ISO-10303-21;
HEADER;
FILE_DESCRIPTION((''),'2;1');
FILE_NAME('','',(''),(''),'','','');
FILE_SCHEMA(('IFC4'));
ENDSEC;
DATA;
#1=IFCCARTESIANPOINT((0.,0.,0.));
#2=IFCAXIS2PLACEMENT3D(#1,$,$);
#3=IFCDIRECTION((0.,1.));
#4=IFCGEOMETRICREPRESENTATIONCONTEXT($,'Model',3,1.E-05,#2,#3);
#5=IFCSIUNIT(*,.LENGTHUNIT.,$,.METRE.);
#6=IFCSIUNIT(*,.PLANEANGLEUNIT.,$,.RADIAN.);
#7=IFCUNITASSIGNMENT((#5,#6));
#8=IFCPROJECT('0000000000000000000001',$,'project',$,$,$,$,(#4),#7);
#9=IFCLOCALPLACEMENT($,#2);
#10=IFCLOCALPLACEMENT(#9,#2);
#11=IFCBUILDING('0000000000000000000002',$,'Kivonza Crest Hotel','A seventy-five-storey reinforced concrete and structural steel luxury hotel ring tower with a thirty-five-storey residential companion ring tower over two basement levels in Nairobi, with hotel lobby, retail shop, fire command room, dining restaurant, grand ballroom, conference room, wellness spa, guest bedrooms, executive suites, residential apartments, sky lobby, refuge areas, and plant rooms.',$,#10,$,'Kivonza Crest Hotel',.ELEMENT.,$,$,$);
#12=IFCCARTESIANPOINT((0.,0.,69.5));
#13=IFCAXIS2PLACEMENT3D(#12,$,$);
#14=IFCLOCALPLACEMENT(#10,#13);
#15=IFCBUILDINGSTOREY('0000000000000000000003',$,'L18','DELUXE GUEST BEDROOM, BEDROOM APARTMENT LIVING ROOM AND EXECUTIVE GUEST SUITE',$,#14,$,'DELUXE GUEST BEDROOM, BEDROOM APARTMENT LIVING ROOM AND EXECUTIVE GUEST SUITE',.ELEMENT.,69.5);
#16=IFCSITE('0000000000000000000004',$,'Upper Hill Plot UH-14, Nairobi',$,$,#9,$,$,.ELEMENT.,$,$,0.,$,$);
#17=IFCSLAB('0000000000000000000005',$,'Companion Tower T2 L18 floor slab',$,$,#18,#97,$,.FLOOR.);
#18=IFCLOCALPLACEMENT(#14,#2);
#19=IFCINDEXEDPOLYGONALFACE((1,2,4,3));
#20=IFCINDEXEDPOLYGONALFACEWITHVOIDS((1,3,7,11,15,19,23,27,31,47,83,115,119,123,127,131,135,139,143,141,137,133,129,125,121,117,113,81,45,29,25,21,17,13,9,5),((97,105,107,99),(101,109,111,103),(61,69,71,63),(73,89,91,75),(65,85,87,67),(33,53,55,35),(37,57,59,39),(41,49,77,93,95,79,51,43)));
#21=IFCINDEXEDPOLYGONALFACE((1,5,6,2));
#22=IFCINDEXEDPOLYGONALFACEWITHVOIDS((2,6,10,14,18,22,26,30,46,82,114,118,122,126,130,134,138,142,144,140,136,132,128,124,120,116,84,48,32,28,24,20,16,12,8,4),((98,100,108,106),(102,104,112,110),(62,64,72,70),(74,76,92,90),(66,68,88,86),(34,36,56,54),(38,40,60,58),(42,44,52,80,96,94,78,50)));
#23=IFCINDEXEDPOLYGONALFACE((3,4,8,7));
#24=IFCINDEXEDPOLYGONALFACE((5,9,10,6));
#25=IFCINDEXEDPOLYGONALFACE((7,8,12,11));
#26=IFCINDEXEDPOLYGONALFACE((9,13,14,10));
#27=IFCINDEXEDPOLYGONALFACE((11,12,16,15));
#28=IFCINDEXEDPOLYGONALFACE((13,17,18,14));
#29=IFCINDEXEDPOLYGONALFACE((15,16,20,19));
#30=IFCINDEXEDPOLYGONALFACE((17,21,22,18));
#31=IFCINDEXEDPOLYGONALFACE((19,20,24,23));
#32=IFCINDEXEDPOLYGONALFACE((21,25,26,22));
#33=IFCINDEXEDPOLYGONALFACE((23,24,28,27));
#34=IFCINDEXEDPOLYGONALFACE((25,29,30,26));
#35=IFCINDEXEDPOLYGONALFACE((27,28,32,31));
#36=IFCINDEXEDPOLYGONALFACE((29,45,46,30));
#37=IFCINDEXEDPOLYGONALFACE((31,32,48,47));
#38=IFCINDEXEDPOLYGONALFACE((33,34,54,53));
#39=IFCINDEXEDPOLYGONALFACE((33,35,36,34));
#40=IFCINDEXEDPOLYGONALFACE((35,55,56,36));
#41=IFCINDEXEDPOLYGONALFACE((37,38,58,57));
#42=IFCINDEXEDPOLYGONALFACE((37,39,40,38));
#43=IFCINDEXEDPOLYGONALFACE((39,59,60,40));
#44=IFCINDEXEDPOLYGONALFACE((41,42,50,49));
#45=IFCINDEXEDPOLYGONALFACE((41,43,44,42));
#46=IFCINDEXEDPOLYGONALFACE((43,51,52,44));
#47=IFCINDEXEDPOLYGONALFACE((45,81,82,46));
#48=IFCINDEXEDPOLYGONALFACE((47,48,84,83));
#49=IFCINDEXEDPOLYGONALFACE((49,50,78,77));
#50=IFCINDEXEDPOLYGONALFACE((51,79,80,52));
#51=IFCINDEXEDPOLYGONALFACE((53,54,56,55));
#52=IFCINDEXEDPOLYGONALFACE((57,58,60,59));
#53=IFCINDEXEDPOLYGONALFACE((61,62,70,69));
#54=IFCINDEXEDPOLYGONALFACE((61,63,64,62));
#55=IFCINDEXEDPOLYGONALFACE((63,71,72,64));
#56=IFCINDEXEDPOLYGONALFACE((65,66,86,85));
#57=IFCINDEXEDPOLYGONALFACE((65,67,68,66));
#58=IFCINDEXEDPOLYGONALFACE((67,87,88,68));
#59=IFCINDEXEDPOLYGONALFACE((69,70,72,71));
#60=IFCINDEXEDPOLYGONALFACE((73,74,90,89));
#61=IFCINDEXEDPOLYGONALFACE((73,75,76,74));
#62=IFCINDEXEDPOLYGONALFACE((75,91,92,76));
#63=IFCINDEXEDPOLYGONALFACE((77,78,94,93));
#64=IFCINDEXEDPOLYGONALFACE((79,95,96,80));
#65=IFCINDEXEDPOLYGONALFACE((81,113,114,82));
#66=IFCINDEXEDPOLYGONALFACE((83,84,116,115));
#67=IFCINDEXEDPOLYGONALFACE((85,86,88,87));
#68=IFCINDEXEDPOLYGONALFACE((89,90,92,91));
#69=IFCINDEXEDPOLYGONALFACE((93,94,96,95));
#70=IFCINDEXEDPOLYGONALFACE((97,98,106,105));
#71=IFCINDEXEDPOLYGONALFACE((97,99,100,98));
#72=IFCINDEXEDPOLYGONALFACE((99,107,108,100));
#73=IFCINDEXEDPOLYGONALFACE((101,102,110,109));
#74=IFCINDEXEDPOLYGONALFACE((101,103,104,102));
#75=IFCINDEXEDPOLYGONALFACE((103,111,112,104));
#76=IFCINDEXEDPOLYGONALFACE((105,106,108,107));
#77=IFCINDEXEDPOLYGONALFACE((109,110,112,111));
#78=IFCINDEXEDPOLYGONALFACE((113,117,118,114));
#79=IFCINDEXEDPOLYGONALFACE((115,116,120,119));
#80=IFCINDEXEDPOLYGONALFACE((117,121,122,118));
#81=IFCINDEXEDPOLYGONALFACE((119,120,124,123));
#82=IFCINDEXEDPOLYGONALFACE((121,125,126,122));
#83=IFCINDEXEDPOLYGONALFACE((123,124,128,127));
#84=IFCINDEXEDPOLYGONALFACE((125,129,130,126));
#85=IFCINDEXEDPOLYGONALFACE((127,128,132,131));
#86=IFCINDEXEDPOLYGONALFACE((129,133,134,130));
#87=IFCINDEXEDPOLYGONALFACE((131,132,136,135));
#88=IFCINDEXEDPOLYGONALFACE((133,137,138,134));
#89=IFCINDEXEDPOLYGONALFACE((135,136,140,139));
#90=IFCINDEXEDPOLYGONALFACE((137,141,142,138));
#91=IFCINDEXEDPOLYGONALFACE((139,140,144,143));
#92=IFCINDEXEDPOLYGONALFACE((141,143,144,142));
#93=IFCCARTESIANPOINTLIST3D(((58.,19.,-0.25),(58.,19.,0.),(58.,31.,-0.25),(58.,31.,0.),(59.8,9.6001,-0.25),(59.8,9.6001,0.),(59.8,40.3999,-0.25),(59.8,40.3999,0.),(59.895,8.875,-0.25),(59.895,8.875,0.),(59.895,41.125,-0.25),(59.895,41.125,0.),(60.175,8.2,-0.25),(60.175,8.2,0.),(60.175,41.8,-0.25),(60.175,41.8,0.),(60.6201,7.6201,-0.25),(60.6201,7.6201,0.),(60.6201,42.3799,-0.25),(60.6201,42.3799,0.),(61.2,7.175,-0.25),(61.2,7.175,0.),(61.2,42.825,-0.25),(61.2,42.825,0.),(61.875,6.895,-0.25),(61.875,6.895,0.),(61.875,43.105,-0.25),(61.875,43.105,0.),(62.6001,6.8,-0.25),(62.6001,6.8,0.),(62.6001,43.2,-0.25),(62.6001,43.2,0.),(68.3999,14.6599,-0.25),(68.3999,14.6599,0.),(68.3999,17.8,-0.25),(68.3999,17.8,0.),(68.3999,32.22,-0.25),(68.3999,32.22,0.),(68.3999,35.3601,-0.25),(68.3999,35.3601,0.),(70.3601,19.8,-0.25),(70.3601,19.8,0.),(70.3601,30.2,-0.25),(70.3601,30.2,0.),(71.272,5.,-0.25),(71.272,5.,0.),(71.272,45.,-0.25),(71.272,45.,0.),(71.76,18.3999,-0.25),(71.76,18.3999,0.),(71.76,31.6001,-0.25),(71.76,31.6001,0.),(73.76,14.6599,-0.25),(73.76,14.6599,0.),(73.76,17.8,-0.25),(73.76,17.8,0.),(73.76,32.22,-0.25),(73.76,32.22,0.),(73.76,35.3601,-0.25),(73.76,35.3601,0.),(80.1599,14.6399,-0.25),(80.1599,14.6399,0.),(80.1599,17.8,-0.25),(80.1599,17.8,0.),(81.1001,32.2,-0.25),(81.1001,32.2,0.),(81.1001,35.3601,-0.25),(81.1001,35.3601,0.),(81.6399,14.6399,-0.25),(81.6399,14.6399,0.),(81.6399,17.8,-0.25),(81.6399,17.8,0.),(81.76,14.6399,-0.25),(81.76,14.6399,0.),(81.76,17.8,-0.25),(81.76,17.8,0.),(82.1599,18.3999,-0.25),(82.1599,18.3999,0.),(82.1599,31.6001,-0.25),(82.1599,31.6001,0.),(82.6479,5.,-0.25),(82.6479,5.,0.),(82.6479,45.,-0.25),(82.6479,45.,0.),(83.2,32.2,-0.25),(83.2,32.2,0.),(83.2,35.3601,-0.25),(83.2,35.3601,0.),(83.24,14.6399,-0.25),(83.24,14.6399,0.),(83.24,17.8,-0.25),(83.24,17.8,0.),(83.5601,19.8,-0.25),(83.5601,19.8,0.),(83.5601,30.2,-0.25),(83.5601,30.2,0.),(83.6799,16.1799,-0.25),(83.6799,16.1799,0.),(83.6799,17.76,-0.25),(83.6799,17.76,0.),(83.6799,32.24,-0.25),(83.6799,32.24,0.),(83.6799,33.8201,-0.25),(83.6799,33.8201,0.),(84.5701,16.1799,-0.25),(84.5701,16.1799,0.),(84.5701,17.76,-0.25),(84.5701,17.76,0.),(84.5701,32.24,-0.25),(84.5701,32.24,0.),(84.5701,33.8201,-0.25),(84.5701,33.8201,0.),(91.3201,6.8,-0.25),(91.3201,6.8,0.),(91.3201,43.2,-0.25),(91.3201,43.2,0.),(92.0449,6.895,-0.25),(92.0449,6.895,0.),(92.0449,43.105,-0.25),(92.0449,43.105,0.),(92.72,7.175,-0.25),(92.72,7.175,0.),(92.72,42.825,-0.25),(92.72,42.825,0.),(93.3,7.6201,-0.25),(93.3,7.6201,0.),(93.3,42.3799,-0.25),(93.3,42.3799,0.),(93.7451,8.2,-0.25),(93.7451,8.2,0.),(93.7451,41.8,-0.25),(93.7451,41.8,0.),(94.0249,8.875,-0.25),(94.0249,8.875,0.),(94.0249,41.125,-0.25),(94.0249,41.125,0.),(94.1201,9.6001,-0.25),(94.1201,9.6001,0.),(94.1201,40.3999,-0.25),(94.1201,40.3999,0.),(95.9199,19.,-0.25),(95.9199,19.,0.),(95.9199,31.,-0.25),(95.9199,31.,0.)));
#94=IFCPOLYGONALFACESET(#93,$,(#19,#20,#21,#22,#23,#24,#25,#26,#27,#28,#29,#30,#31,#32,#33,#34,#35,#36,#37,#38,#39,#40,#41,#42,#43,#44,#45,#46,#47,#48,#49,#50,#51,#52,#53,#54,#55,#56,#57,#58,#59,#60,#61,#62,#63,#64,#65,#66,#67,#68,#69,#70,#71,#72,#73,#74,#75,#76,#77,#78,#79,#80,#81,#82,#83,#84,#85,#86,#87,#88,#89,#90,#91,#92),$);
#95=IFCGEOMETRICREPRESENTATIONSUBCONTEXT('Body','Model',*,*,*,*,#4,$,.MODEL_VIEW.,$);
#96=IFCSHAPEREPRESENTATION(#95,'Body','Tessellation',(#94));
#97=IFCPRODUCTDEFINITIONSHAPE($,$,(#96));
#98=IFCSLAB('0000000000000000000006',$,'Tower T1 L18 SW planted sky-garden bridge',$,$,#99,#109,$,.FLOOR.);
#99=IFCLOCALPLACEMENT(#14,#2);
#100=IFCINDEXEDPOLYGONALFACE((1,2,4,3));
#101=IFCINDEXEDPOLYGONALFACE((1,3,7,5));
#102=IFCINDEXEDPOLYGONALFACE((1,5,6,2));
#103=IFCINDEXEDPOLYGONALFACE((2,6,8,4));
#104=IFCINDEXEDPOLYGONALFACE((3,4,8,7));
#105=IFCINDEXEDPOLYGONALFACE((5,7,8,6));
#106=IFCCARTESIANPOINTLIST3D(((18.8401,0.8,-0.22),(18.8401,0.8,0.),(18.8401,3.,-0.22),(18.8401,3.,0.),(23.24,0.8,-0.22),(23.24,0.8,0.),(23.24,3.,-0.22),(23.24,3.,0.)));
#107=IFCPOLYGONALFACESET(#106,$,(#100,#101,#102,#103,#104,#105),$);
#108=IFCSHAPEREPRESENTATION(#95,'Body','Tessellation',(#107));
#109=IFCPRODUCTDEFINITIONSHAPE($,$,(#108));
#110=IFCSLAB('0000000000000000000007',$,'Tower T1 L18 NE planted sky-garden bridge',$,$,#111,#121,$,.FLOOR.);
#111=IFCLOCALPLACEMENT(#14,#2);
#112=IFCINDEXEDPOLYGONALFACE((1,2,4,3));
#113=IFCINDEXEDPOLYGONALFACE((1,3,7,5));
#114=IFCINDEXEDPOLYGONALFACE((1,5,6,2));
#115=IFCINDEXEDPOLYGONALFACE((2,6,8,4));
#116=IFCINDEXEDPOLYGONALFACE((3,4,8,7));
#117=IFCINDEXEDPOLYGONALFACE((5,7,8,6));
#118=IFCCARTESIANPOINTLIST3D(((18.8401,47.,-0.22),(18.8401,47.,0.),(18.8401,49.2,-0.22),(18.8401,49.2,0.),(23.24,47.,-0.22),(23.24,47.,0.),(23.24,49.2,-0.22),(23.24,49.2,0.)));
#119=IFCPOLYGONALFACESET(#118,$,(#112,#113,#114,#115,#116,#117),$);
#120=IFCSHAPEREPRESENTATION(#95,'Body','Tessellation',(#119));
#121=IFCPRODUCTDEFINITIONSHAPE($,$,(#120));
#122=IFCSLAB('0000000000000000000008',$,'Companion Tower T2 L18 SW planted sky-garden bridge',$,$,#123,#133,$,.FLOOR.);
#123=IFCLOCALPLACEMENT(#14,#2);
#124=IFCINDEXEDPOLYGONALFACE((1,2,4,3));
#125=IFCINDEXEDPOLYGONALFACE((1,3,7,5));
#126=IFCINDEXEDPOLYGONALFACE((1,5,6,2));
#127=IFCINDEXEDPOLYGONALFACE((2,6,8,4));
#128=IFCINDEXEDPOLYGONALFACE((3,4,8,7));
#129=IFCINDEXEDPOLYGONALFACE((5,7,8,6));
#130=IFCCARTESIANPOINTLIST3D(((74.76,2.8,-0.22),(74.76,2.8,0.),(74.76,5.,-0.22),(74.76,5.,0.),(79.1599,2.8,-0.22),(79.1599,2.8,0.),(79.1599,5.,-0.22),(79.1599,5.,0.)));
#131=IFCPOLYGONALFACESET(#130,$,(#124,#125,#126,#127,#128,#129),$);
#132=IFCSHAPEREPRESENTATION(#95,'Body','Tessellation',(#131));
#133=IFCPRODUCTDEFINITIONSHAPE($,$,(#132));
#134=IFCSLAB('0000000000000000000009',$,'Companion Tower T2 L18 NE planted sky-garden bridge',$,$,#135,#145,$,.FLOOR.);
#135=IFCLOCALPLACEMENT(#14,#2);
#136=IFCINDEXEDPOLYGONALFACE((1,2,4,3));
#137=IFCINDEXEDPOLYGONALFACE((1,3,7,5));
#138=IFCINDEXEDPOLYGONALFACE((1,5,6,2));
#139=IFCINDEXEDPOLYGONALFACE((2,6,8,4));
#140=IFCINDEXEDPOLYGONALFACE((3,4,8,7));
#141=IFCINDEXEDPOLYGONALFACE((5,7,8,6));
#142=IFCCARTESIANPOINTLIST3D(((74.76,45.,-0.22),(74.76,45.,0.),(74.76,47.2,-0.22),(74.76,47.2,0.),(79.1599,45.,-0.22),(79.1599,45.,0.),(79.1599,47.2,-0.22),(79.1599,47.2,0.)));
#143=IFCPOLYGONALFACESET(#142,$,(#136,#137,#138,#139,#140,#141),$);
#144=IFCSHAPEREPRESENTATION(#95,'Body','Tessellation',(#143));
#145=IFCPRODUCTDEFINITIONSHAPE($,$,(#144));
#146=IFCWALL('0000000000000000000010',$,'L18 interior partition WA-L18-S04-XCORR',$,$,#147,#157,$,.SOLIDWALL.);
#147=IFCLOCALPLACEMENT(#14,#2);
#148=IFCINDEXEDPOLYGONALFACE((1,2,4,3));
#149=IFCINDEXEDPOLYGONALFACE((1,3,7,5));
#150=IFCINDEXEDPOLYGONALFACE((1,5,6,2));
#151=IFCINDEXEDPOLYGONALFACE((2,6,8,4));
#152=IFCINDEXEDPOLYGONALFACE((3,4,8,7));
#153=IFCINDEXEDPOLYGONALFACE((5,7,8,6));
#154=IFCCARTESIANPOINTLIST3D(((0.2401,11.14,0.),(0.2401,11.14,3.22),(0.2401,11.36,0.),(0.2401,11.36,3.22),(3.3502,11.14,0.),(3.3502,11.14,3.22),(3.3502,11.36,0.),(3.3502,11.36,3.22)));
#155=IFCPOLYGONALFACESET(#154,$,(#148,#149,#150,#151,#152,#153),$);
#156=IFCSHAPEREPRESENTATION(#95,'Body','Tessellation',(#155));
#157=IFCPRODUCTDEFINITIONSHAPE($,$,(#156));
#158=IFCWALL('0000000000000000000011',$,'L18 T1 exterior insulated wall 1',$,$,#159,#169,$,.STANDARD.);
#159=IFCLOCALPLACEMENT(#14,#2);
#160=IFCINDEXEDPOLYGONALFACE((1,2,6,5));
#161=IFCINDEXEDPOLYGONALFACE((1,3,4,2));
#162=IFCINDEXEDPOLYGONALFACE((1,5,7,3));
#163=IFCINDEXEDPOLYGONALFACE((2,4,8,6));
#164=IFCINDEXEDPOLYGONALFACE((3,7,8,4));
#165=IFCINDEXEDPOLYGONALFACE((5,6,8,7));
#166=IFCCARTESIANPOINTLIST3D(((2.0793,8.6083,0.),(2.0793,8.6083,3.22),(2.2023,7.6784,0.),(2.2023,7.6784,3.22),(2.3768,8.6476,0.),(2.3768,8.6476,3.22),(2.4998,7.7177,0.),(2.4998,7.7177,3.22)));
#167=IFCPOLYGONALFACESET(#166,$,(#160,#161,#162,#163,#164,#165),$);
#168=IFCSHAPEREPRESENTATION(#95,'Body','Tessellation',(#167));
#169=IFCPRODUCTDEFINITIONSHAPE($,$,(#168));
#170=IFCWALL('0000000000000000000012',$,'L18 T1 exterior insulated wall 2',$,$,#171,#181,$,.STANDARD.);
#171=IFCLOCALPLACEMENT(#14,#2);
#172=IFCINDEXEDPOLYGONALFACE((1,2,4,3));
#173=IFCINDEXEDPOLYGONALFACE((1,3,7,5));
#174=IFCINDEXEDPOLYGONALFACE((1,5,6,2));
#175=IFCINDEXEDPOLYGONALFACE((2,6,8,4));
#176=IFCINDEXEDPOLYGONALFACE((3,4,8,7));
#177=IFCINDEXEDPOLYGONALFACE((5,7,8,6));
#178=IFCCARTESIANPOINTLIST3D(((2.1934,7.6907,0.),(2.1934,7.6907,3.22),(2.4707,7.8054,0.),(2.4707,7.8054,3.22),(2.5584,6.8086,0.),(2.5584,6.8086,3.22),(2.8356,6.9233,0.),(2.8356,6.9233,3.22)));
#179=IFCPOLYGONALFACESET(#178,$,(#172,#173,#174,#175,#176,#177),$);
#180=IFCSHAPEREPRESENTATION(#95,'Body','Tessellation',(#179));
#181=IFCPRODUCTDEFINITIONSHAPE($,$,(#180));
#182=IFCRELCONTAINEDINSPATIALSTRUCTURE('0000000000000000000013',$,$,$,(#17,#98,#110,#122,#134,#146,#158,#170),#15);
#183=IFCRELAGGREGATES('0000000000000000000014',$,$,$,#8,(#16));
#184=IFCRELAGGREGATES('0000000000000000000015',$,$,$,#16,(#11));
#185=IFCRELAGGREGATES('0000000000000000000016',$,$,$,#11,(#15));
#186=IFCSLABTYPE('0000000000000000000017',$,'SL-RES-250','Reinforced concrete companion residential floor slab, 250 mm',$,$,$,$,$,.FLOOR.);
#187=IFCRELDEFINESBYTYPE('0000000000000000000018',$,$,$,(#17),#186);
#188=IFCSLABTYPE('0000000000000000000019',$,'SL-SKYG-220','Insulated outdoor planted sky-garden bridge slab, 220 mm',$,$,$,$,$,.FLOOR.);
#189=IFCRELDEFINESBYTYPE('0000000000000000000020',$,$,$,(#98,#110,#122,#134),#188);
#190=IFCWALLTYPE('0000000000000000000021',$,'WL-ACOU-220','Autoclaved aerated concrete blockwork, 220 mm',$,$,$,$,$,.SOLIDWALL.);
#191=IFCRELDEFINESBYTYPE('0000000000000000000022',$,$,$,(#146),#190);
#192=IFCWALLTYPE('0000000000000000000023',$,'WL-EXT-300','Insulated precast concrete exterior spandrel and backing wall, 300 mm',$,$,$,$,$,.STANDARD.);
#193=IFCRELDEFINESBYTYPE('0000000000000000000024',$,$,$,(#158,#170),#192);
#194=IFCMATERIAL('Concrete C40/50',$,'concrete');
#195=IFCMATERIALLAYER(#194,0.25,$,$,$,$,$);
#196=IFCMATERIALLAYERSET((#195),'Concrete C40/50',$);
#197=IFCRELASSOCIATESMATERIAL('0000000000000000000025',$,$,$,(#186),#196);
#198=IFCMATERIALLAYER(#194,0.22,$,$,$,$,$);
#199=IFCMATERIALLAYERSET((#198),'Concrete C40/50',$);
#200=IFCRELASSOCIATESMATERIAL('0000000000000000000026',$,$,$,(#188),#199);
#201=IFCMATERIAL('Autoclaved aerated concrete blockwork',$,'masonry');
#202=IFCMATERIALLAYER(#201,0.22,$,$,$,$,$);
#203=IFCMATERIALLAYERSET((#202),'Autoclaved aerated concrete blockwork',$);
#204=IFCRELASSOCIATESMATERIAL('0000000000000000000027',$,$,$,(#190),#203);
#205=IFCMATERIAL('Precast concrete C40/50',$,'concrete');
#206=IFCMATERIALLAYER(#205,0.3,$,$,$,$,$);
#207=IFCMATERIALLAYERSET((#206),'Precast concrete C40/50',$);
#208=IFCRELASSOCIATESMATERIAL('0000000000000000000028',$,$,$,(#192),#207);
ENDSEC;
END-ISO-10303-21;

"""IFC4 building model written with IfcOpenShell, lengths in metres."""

from ifc_helpers import new_model, si_unit, direction, frame, frame_2d, origin, place, context, subcontext, project, spatial, polyline, rectangle, outline, extrude, material, layer, layer_set, type_object, element, save


model = new_model("IFC4")

# Units and contexts
model_context = context("Model", 3, precision=1e-05, world=origin(), true_north=direction((0.0, 1.0)))
body_context = subcontext(model_context, "Body", "Model", "MODEL_VIEW")
ifc_project = project(units=[si_unit("LENGTHUNIT", "METRE"), si_unit("PLANEANGLEUNIT", "RADIAN")], contexts=[model_context])

# Site, building, storey
site_placement = place(None, origin())
site = spatial("IfcSite", under=ifc_project, at=site_placement, Name="Upper Hill Plot UH-14, Nairobi", CompositionType="ELEMENT", RefElevation=0.0)
building_placement = place(site_placement, origin())
building = spatial("IfcBuilding", under=site, at=building_placement, Name="Kivonza Crest Hotel", Description="A seventy-five-storey reinforced concrete and structural steel luxury hotel ring tower with a thirty-five-storey residential companion ring tower over two basement levels in Nairobi, with hotel lobby, retail shop, fire command room, dining restaurant, grand ballroom, conference room, wellness spa, guest bedrooms, executive suites, residential apartments, sky lobby, refuge areas, and plant rooms.", LongName="Kivonza Crest Hotel", CompositionType="ELEMENT")
storey_placement = place(building_placement, frame((0.0, 0.0, 69.5)))
storey = spatial("IfcBuildingStorey", under=building, at=storey_placement, Name="L18", Description="DELUXE GUEST BEDROOM, BEDROOM APARTMENT LIVING ROOM AND EXECUTIVE GUEST SUITE", LongName="DELUXE GUEST BEDROOM, BEDROOM APARTMENT LIVING ROOM AND EXECUTIVE GUEST SUITE", CompositionType="ELEMENT", Elevation=69.5)

# Shared definitions
ifc_material_1 = material(Name="Concrete C40/50", Category="concrete")

# Slabs
ifc_layer_1 = layer(ifc_material_1, 0.25)
ifc_layer_set_1 = layer_set([ifc_layer_1], Name="Concrete C40/50")
slab_type_1 = type_object("IfcSlabType", Name="SL-RES-250", Description="Reinforced concrete companion residential floor slab, 250 mm", PredefinedType="FLOOR", material=ifc_layer_set_1)
slab_1_placement = place(storey_placement, frame((0.0, 0.0, -0.25)))
element("IfcSlab", 1, at=slab_1_placement, inside=storey, type_object=slab_type_1, Name="Companion Tower T2 L18 floor slab", PredefinedType="FLOOR", context=body_context, shape_type="SweptSolid", body=[
    extrude(outline(polyline([(59.8, 9.6001), (59.895, 8.875), (60.175, 8.2), (60.6201, 7.6201), (61.2, 7.175), (61.875, 6.895), (62.6001, 6.8), (71.272, 5.0), (82.6479, 5.0), (91.3201, 6.8), (92.0449, 6.895), (92.72, 7.175), (93.3, 7.6201), (93.7451, 8.2), (94.0249, 8.875), (94.1201, 9.6001), (95.9199, 19.0), (95.9199, 31.0), (94.1201, 40.3999), (94.0249, 41.125), (93.7451, 41.8), (93.3, 42.3799), (92.72, 42.825), (92.0449, 43.105), (91.3201, 43.2), (82.6479, 45.0), (71.272, 45.0), (62.6001, 43.2), (61.875, 43.105), (61.2, 42.825), (60.6201, 42.3799), (60.175, 41.8), (59.895, 41.125), (59.8, 40.3999), (58.0, 31.0), (58.0, 19.0), (59.8, 9.6001)]), holes=[polyline([(71.76, 18.3999), (82.1599, 18.3999), (83.5601, 19.8), (83.5601, 30.2), (82.1599, 31.6001), (71.76, 31.6001), (70.3601, 30.2), (70.3601, 19.8), (71.76, 18.3999)]), polyline([(68.3999, 32.22), (73.76, 32.22), (73.76, 35.3601), (68.3999, 35.3601), (68.3999, 32.22)]), polyline([(68.3999, 14.6599), (73.76, 14.6599), (73.76, 17.8), (68.3999, 17.8), (68.3999, 14.6599)]), polyline([(83.6799, 32.24), (84.5701, 32.24), (84.5701, 33.8201), (83.6799, 33.8201), (83.6799, 32.24)]), polyline([(83.6799, 16.1799), (84.5701, 16.1799), (84.5701, 17.76), (83.6799, 17.76), (83.6799, 16.1799)]), polyline([(81.1001, 32.2), (83.2, 32.2), (83.2, 35.3601), (81.1001, 35.3601), (81.1001, 32.2)]), polyline([(80.1599, 14.6399), (81.6399, 14.6399), (81.6399, 17.8), (80.1599, 17.8), (80.1599, 14.6399)]), polyline([(81.76, 14.6399), (83.24, 14.6399), (83.24, 17.8), (81.76, 17.8), (81.76, 14.6399)])]), origin(), (0.0, 0.0, 1.0), 0.25),
])
ifc_layer_2 = layer(ifc_material_1, 0.22)
ifc_layer_set_2 = layer_set([ifc_layer_2], Name="Concrete C40/50")
slab_type_2 = type_object("IfcSlabType", Name="SL-SKYG-220", Description="Insulated outdoor planted sky-garden bridge slab, 220 mm", PredefinedType="FLOOR", material=ifc_layer_set_2)
slab_2_placement = place(storey_placement, frame((0.0, 0.0, -0.22)))
element("IfcSlab", 2, at=slab_2_placement, inside=storey, type_object=slab_type_2, Name="Tower T1 L18 SW planted sky-garden bridge", PredefinedType="FLOOR", context=body_context, shape_type="SweptSolid", body=[
    extrude(outline(polyline([(18.8401, 0.8), (23.24, 0.8), (23.24, 3.0), (18.8401, 3.0), (18.8401, 0.8)])), origin(), (0.0, 0.0, 1.0), 0.22),
])
slab_3_placement = place(storey_placement, frame((0.0, 0.0, -0.22)))
element("IfcSlab", 3, at=slab_3_placement, inside=storey, type_object=slab_type_2, Name="Tower T1 L18 NE planted sky-garden bridge", PredefinedType="FLOOR", context=body_context, shape_type="SweptSolid", body=[
    extrude(outline(polyline([(18.8401, 47.0), (23.24, 47.0), (23.24, 49.2), (18.8401, 49.2), (18.8401, 47.0)])), origin(), (0.0, 0.0, 1.0), 0.22),
])
slab_4_placement = place(storey_placement, frame((0.0, 0.0, -0.22)))
element("IfcSlab", 4, at=slab_4_placement, inside=storey, type_object=slab_type_2, Name="Companion Tower T2 L18 SW planted sky-garden bridge", PredefinedType="FLOOR", context=body_context, shape_type="SweptSolid", body=[
    extrude(outline(polyline([(74.76, 2.8), (79.1599, 2.8), (79.1599, 5.0), (74.76, 5.0), (74.76, 2.8)])), origin(), (0.0, 0.0, 1.0), 0.22),
])
slab_5_placement = place(storey_placement, frame((0.0, 0.0, -0.22)))
element("IfcSlab", 5, at=slab_5_placement, inside=storey, type_object=slab_type_2, Name="Companion Tower T2 L18 NE planted sky-garden bridge", PredefinedType="FLOOR", context=body_context, shape_type="SweptSolid", body=[
    extrude(outline(polyline([(74.76, 45.0), (79.1599, 45.0), (79.1599, 47.2), (74.76, 47.2), (74.76, 45.0)])), origin(), (0.0, 0.0, 1.0), 0.22),
])

# Walls
ifc_material_2 = material(Name="Autoclaved aerated concrete blockwork", Category="masonry")
ifc_layer_3 = layer(ifc_material_2, 0.22)
ifc_layer_set_3 = layer_set([ifc_layer_3], Name="Autoclaved aerated concrete blockwork")
wall_type_1 = type_object("IfcWallType", Name="WL-ACOU-220", Description="Autoclaved aerated concrete blockwork, 220 mm", PredefinedType="SOLIDWALL", material=ifc_layer_set_3)
wall_1_placement = place(storey_placement, frame((0.24, 11.25, 0.0), z_axis=(0.0, 0.0, 1.0), x_axis=(1.0, 0.0, 0.0)))
element("IfcWall", 6, at=wall_1_placement, inside=storey, type_object=wall_type_1, Name="L18 interior partition WA-L18-S04-XCORR", PredefinedType="SOLIDWALL", context=body_context, shape_type="SweptSolid", body=[
    extrude(rectangle(XDim=3.1101, YDim=0.22, at=frame_2d((1.5552, 0.0))), origin(), (0.0, 0.0, 1.0), 3.22),
])
ifc_material_3 = material(Name="Precast concrete C40/50", Category="concrete")
ifc_layer_4 = layer(ifc_material_3, 0.3)
ifc_layer_set_4 = layer_set([ifc_layer_4], Name="Precast concrete C40/50")
wall_type_2 = type_object("IfcWallType", Name="WL-EXT-300", Description="Insulated precast concrete exterior spandrel and backing wall, 300 mm", PredefinedType="STANDARD", material=ifc_layer_set_4)
wall_2_placement = place(storey_placement, frame((2.228, 8.6279, 0.0), z_axis=(0.0, 0.0, 1.0), x_axis=(0.131175, -0.991359, 0.0)))
element("IfcWall", 7, at=wall_2_placement, inside=storey, type_object=wall_type_2, Name="L18 T1 exterior insulated wall 1", PredefinedType="STANDARD", context=body_context, shape_type="SweptSolid", body=[
    extrude(rectangle(XDim=0.938, YDim=0.3, at=frame_2d((0.469, 0.0))), origin(), (0.0, 0.0, 1.0), 3.22),
])
wall_3_placement = place(storey_placement, frame((2.332, 7.748, 0.0), z_axis=(0.0, 0.0, 1.0), x_axis=(0.382344, -0.92402, 0.0)))
element("IfcWall", 8, at=wall_3_placement, inside=storey, type_object=wall_type_2, Name="L18 T1 exterior insulated wall 2", PredefinedType="STANDARD", context=body_context, shape_type="SweptSolid", body=[
    extrude(rectangle(XDim=0.9546, YDim=0.3, at=frame_2d((0.4773, 0.0))), origin(), (0.0, 0.0, 1.0), 3.22),
])

save(model, "model.ifc")
